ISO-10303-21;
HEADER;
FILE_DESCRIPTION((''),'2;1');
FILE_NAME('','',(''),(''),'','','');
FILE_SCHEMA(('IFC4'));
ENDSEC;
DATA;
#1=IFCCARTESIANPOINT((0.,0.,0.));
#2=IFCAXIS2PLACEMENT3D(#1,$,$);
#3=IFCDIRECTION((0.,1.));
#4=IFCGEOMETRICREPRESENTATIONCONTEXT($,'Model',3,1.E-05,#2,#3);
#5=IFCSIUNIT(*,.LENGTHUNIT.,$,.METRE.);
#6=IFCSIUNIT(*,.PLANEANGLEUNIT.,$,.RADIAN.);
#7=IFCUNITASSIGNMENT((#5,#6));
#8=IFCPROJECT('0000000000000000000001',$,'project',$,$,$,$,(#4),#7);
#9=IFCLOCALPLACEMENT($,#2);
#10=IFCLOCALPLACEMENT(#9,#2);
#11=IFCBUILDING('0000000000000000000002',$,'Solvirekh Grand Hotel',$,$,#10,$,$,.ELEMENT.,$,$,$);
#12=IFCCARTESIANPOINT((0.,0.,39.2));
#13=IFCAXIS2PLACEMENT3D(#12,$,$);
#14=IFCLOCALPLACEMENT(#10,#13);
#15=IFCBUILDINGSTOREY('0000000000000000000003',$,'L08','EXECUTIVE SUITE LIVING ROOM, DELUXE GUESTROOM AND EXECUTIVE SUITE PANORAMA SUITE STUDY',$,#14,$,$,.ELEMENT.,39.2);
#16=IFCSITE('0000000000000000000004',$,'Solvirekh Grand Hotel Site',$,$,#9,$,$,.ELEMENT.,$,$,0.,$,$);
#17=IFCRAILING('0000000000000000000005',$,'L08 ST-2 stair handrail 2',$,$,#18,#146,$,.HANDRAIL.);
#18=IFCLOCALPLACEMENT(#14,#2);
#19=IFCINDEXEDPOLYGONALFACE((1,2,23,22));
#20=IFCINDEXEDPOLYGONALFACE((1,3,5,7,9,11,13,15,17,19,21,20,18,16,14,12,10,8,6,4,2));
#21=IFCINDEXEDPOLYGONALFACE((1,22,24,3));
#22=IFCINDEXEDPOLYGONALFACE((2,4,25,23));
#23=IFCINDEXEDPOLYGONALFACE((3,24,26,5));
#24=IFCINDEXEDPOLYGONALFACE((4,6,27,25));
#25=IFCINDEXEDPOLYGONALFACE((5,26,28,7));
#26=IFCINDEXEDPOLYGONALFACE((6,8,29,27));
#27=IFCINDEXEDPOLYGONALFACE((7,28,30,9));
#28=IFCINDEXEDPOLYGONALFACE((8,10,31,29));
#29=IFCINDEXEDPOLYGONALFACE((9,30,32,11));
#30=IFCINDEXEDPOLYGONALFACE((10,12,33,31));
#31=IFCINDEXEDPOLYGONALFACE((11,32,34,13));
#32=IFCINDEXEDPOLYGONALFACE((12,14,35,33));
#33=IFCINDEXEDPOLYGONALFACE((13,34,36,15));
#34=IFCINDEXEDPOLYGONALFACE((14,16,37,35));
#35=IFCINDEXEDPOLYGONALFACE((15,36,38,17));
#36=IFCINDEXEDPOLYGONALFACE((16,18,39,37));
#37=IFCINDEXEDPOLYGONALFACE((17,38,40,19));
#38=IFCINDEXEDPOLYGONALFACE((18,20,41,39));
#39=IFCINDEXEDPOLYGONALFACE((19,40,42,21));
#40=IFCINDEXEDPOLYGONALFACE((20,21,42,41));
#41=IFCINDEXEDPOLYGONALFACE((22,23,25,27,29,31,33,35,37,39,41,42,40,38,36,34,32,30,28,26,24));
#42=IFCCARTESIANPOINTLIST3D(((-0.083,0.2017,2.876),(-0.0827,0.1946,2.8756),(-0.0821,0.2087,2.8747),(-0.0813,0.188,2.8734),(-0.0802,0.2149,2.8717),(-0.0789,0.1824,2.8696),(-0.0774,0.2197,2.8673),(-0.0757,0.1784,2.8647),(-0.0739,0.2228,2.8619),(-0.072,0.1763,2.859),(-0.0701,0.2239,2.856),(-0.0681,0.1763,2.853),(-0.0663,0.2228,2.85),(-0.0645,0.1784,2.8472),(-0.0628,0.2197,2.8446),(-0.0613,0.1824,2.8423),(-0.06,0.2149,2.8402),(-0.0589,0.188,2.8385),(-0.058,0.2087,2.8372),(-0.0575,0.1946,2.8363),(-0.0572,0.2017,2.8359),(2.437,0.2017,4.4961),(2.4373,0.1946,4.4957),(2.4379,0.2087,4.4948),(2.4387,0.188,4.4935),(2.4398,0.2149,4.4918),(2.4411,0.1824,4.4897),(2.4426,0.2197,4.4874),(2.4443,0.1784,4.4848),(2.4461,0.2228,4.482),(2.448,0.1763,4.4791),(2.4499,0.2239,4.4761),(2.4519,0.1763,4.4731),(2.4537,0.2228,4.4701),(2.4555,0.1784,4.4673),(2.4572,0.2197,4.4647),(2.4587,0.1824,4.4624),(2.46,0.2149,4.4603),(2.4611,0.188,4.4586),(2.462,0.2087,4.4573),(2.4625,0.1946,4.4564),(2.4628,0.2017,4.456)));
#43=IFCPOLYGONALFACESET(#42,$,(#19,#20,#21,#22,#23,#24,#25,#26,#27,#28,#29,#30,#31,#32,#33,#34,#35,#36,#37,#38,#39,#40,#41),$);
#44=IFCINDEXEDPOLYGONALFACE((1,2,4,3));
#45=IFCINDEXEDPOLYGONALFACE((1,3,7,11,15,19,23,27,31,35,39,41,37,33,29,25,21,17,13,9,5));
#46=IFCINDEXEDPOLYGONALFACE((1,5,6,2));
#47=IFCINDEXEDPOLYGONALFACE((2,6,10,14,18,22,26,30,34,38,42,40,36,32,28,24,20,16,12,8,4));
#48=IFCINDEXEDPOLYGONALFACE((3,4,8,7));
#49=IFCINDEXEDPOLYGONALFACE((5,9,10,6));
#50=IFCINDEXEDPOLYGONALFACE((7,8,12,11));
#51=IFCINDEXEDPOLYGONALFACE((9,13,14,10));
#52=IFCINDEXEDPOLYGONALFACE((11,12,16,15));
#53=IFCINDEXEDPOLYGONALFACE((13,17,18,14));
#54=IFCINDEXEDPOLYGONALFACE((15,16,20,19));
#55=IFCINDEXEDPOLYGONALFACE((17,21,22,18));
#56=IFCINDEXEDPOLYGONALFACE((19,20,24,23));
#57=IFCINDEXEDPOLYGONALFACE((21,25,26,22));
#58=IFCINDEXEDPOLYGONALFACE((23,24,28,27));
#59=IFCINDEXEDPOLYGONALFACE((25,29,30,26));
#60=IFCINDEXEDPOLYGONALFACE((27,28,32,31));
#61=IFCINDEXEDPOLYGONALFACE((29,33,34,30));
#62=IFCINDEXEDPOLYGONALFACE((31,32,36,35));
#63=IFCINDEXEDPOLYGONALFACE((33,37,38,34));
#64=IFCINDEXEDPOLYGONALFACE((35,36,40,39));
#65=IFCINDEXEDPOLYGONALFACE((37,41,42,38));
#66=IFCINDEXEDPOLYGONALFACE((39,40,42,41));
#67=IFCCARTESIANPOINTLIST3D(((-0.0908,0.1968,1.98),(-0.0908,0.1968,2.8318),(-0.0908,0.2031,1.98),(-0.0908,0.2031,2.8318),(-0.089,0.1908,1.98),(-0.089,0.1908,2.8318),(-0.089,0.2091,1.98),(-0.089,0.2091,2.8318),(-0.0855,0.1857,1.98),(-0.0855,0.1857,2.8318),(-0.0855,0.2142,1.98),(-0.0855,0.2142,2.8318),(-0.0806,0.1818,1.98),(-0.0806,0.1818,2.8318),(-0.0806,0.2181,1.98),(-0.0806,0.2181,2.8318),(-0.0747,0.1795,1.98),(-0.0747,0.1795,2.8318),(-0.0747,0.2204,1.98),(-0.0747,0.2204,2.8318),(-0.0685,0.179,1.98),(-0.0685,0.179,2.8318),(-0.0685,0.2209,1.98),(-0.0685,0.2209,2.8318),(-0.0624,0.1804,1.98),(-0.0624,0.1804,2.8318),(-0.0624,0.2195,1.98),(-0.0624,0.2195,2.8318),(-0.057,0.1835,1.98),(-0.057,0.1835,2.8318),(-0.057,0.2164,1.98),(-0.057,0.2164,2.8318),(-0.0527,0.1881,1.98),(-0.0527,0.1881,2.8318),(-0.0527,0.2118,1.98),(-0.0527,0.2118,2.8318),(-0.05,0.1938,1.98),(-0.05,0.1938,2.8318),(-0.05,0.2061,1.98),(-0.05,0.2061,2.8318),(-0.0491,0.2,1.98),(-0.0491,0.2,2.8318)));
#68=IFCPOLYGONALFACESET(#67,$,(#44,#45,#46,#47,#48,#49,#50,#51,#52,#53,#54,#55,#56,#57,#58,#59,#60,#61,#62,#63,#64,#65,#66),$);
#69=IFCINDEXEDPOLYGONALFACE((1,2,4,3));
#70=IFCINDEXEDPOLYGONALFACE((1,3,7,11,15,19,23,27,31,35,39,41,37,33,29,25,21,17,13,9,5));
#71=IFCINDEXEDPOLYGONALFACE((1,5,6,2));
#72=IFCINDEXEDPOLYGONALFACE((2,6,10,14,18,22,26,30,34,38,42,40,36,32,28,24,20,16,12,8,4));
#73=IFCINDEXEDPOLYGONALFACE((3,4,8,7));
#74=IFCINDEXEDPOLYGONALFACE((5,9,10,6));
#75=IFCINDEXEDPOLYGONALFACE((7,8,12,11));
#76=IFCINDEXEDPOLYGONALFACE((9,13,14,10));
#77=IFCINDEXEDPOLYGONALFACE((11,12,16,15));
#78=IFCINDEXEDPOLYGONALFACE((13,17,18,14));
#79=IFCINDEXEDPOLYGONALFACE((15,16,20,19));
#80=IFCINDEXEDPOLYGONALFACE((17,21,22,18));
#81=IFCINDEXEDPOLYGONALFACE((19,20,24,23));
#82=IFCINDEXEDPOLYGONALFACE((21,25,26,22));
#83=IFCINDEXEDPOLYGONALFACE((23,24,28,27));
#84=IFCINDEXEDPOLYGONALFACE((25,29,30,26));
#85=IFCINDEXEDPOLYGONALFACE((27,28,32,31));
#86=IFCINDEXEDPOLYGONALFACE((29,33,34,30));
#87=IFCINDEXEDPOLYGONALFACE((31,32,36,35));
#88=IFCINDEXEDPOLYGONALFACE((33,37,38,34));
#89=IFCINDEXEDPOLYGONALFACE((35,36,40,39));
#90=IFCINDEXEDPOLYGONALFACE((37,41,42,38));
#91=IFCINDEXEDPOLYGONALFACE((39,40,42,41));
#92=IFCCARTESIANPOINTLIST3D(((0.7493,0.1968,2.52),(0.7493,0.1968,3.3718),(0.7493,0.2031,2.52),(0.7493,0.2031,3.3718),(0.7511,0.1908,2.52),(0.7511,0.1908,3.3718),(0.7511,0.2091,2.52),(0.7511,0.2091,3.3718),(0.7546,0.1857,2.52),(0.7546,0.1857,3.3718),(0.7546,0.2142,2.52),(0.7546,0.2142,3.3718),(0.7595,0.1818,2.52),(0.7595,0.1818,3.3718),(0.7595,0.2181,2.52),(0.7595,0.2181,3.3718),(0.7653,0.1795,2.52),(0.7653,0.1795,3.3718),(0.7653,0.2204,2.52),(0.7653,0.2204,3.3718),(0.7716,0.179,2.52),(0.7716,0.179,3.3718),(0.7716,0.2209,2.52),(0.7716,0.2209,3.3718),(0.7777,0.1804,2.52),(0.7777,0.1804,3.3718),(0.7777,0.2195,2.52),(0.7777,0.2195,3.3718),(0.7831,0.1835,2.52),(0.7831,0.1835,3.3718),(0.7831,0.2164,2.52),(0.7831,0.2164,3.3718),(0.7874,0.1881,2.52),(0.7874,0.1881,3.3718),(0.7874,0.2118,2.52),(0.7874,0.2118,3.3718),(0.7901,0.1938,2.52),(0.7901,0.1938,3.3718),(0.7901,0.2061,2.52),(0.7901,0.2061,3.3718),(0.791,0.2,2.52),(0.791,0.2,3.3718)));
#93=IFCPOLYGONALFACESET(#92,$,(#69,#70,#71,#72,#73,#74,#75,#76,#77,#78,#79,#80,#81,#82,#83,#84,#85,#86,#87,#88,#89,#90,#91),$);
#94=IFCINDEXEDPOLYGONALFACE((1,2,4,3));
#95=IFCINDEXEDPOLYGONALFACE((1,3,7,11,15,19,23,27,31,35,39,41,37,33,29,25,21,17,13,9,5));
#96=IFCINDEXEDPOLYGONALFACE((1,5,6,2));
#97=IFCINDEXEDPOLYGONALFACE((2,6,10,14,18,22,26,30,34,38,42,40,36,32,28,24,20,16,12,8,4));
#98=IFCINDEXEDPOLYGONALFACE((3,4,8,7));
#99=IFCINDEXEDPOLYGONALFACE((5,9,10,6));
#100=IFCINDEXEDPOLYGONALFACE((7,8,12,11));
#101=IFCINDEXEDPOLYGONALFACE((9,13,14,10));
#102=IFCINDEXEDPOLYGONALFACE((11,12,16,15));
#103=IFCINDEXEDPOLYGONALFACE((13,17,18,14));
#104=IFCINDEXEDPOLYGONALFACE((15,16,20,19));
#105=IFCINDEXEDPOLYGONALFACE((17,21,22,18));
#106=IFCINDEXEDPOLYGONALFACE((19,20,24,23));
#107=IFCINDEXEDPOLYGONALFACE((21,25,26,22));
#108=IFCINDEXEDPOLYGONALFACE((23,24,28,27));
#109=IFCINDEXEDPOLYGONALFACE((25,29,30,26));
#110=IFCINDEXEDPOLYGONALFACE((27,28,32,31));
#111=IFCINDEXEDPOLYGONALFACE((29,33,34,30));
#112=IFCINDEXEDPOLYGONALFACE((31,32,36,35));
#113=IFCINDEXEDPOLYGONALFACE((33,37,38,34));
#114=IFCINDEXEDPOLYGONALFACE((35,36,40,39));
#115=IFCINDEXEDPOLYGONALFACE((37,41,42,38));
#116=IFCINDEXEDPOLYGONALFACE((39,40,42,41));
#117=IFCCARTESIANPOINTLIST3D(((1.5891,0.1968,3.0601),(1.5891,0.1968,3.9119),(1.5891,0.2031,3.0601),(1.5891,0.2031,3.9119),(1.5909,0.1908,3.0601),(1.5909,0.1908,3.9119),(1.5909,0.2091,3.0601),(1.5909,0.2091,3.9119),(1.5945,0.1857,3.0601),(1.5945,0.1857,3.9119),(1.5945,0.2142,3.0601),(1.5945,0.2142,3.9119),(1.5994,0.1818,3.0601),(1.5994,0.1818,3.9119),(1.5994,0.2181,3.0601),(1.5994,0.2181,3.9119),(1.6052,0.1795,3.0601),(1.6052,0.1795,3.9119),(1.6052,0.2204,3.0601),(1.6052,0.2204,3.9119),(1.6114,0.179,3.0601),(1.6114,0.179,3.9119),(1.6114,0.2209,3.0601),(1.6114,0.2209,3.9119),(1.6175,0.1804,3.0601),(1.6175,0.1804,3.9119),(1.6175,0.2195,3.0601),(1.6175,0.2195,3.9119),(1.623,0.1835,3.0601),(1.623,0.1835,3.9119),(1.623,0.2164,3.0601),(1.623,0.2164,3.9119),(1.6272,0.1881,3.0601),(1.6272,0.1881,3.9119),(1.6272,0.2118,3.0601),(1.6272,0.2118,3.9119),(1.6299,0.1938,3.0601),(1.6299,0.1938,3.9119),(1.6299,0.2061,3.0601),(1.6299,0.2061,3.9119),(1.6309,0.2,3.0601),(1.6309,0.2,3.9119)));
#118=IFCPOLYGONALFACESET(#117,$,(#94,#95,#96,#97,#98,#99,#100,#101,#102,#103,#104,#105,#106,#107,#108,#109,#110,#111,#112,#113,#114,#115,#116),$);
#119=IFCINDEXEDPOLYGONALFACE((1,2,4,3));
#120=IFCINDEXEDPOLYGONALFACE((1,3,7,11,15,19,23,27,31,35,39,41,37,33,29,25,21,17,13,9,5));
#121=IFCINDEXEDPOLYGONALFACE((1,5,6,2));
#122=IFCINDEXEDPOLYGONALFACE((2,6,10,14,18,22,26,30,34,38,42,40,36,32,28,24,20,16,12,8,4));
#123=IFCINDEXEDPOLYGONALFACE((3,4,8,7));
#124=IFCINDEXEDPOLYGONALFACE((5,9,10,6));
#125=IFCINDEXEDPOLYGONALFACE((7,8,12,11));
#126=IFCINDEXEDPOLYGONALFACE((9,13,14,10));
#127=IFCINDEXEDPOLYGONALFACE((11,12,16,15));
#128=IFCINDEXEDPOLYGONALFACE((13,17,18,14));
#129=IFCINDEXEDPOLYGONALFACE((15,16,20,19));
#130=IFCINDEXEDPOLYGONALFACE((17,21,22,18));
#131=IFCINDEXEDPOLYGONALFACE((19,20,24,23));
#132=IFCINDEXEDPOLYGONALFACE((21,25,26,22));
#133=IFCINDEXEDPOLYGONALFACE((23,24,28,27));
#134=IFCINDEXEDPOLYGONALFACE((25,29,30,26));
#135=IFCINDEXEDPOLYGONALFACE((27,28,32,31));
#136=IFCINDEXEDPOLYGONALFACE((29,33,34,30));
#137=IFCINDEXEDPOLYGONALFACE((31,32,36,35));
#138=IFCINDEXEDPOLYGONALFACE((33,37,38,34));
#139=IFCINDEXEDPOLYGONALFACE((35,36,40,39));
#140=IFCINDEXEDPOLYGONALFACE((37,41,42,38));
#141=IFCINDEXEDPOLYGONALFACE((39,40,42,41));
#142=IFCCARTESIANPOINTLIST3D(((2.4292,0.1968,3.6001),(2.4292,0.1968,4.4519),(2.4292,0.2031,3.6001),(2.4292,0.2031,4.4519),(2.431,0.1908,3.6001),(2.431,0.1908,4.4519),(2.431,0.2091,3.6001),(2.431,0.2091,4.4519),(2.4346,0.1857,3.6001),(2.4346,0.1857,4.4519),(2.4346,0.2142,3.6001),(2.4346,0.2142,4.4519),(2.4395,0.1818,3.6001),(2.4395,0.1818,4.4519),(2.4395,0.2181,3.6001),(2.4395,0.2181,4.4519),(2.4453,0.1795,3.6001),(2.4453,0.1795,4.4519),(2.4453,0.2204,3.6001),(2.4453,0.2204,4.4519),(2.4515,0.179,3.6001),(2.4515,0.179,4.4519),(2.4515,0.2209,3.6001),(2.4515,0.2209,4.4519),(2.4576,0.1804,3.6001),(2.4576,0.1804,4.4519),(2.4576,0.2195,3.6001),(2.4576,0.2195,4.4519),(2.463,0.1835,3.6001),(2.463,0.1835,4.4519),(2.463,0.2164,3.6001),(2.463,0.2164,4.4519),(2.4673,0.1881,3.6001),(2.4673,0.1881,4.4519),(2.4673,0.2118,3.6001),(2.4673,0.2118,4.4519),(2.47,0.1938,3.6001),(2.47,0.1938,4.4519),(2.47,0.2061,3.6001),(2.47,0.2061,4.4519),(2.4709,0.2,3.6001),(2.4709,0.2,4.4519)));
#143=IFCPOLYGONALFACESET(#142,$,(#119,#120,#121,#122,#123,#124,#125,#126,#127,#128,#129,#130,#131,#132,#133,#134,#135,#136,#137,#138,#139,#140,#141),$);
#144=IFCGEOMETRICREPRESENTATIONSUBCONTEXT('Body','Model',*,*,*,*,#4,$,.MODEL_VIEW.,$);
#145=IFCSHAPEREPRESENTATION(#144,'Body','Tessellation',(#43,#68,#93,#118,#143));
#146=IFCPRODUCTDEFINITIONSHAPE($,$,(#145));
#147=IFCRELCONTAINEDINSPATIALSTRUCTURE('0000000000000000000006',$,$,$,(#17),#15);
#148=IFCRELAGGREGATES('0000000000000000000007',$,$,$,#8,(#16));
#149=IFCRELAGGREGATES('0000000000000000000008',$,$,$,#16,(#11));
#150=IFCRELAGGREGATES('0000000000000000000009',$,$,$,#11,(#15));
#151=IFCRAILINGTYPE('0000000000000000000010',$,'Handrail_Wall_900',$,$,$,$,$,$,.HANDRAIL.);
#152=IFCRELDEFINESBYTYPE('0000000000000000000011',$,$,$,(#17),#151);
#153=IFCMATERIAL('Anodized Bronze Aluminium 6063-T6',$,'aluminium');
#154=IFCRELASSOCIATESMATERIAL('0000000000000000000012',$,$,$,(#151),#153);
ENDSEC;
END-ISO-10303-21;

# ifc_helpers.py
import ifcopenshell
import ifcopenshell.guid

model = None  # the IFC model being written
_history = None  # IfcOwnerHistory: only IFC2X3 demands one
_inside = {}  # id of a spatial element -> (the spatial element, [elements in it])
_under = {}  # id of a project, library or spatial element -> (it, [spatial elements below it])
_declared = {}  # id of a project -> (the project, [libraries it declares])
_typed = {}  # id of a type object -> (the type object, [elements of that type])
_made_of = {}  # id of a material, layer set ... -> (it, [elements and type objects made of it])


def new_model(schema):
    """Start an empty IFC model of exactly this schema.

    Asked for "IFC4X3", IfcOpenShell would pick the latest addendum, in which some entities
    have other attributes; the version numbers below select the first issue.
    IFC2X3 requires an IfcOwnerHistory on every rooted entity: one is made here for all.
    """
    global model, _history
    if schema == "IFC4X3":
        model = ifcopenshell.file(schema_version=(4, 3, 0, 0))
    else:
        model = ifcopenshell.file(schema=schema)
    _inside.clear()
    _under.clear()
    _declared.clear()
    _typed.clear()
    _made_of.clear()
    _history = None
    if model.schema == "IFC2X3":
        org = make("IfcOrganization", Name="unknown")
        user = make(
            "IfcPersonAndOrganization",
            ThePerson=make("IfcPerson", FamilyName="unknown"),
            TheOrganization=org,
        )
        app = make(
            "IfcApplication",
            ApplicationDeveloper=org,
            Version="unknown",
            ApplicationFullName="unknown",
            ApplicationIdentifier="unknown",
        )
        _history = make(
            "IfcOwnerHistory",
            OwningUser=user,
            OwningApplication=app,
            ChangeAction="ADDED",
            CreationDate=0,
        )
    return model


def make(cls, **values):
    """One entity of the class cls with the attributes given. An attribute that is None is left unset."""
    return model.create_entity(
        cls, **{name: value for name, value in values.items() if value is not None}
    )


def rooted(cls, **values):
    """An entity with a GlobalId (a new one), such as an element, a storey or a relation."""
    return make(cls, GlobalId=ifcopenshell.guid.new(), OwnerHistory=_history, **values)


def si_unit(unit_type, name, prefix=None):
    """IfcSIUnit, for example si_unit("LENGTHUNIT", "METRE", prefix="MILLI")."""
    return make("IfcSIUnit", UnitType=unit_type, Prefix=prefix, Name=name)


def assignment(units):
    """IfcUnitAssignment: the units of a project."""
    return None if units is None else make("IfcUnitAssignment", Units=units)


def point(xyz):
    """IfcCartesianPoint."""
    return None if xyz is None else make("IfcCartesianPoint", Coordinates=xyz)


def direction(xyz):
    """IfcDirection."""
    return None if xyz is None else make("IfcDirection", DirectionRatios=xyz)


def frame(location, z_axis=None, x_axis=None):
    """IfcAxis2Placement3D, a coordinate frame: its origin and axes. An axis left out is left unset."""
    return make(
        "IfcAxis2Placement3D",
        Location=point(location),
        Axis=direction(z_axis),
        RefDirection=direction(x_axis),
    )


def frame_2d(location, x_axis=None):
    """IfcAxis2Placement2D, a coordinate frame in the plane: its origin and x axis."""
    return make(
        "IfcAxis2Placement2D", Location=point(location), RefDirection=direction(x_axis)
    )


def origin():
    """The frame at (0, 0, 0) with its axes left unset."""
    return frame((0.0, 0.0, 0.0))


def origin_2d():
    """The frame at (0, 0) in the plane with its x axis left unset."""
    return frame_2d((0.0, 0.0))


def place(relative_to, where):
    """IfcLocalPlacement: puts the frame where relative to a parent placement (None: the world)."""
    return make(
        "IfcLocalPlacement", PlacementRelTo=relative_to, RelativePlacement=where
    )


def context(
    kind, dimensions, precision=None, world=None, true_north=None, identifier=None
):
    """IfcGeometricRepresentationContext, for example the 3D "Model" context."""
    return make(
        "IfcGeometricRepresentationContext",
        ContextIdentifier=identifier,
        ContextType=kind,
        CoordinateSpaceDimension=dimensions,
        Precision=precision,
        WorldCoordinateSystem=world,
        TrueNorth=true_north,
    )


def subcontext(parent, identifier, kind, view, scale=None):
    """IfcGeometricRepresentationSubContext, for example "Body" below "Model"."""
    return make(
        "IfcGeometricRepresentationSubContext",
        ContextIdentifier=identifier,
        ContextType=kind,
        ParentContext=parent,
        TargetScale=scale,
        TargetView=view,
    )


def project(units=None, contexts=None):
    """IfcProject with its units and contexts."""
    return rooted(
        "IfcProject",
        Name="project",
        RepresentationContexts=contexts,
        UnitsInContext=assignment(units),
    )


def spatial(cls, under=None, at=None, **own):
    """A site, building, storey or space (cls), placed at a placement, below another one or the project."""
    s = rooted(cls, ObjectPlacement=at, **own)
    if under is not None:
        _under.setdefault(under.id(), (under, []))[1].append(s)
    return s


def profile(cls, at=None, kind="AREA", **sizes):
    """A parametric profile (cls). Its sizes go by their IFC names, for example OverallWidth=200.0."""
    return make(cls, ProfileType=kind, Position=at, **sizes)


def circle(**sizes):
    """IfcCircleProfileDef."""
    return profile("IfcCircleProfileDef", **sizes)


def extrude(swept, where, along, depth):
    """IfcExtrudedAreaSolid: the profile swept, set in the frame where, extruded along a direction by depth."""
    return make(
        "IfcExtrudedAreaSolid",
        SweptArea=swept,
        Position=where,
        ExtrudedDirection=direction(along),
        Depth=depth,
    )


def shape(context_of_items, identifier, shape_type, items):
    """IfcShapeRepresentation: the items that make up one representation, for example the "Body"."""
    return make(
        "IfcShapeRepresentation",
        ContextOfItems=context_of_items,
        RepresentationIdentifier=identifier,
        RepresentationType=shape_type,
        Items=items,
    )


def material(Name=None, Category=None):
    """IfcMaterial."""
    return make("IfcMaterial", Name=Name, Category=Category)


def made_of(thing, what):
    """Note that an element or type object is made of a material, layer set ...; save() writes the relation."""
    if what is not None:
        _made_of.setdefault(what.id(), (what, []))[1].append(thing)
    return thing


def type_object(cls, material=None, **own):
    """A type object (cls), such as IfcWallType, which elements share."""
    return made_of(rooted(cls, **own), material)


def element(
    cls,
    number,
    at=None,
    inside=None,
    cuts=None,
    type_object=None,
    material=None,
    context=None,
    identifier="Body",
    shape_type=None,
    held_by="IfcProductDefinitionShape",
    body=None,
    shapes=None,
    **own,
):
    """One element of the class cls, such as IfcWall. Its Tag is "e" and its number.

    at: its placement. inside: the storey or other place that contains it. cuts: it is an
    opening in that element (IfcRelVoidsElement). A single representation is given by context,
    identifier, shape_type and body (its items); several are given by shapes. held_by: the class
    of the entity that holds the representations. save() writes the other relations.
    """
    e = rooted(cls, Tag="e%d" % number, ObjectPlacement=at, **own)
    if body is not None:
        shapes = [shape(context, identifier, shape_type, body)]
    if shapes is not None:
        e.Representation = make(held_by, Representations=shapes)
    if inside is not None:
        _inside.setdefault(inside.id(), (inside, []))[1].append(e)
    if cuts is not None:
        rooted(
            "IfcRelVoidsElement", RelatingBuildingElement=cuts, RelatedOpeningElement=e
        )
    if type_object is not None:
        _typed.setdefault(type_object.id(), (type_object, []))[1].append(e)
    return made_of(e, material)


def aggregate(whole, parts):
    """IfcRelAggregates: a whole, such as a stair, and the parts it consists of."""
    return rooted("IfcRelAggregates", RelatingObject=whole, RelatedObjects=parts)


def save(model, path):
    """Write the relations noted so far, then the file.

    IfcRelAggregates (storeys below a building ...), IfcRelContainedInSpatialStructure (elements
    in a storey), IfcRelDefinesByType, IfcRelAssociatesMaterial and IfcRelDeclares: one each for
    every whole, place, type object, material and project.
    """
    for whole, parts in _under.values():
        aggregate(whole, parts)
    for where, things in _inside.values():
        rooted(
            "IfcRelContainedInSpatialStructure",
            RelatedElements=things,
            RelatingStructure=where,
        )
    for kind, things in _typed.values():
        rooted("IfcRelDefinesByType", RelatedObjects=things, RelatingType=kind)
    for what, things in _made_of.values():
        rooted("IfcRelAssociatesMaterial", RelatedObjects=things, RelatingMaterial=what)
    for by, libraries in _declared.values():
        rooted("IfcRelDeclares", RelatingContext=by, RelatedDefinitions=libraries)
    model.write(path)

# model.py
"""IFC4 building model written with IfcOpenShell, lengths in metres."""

from ifc_helpers import new_model, si_unit, direction, frame, origin, origin_2d, place, context, subcontext, project, spatial, circle, extrude, material, type_object, element, save


model = new_model("IFC4")

# Units and contexts
model_context = context("Model", 3, precision=1e-05, world=origin(), true_north=direction((0.0, 1.0)))
body_context = subcontext(model_context, "Body", "Model", "MODEL_VIEW")
ifc_project = project(units=[si_unit("LENGTHUNIT", "METRE"), si_unit("PLANEANGLEUNIT", "RADIAN")], contexts=[model_context])

# Site, building, storey
site_placement = place(None, origin())
site = spatial("IfcSite", under=ifc_project, at=site_placement, Name="Solvirekh Grand Hotel Site", CompositionType="ELEMENT", RefElevation=0.0)
building_placement = place(site_placement, origin())
building = spatial("IfcBuilding", under=site, at=building_placement, Name="Solvirekh Grand Hotel", CompositionType="ELEMENT")
storey_placement = place(building_placement, frame((0.0, 0.0, 39.2)))
storey = spatial("IfcBuildingStorey", under=building, at=storey_placement, Name="L08", Description="EXECUTIVE SUITE LIVING ROOM, DELUXE GUESTROOM AND EXECUTIVE SUITE PANORAMA SUITE STUDY", CompositionType="ELEMENT", Elevation=39.2)

# Railing
ifc_material_1 = material(Name="Anodized Bronze Aluminium 6063-T6", Category="aluminium")
railing_type_1 = type_object("IfcRailingType", Name="Handrail_Wall_900", PredefinedType="HANDRAIL", material=ifc_material_1)
railing_1_placement = place(storey_placement, frame((-0.0701, 0.2, 1.98)))
element("IfcRailing", 1, at=railing_1_placement, inside=storey, type_object=railing_type_1, Name="L08 ST-2 stair handrail 2", PredefinedType="HANDRAIL", context=body_context, shape_type="SweptSolid", body=[
    extrude(circle(Radius=0.0239, at=origin_2d()), frame((0.0, 0.0, 0.876), z_axis=(0.841163, 0.0, 0.540782), x_axis=(0.0, 1.0, 0.0)), (0.0, 0.0, 1.0), 2.9958),
    extrude(circle(Radius=0.021, at=origin_2d()), origin(), (0.0, 0.0, 1.0), 0.8518),
    extrude(circle(Radius=0.021, at=origin_2d()), frame((0.8401, 0.0, 0.54)), (0.0, 0.0, 1.0), 0.8518),
    extrude(circle(Radius=0.021, at=origin_2d()), frame((1.6799, 0.0, 1.0801)), (0.0, 0.0, 1.0), 0.8518),
    extrude(circle(Radius=0.021, at=origin_2d()), frame((2.52, 0.0, 1.6201)), (0.0, 0.0, 1.0), 0.8518),
])

save(model, "model.ifc")
